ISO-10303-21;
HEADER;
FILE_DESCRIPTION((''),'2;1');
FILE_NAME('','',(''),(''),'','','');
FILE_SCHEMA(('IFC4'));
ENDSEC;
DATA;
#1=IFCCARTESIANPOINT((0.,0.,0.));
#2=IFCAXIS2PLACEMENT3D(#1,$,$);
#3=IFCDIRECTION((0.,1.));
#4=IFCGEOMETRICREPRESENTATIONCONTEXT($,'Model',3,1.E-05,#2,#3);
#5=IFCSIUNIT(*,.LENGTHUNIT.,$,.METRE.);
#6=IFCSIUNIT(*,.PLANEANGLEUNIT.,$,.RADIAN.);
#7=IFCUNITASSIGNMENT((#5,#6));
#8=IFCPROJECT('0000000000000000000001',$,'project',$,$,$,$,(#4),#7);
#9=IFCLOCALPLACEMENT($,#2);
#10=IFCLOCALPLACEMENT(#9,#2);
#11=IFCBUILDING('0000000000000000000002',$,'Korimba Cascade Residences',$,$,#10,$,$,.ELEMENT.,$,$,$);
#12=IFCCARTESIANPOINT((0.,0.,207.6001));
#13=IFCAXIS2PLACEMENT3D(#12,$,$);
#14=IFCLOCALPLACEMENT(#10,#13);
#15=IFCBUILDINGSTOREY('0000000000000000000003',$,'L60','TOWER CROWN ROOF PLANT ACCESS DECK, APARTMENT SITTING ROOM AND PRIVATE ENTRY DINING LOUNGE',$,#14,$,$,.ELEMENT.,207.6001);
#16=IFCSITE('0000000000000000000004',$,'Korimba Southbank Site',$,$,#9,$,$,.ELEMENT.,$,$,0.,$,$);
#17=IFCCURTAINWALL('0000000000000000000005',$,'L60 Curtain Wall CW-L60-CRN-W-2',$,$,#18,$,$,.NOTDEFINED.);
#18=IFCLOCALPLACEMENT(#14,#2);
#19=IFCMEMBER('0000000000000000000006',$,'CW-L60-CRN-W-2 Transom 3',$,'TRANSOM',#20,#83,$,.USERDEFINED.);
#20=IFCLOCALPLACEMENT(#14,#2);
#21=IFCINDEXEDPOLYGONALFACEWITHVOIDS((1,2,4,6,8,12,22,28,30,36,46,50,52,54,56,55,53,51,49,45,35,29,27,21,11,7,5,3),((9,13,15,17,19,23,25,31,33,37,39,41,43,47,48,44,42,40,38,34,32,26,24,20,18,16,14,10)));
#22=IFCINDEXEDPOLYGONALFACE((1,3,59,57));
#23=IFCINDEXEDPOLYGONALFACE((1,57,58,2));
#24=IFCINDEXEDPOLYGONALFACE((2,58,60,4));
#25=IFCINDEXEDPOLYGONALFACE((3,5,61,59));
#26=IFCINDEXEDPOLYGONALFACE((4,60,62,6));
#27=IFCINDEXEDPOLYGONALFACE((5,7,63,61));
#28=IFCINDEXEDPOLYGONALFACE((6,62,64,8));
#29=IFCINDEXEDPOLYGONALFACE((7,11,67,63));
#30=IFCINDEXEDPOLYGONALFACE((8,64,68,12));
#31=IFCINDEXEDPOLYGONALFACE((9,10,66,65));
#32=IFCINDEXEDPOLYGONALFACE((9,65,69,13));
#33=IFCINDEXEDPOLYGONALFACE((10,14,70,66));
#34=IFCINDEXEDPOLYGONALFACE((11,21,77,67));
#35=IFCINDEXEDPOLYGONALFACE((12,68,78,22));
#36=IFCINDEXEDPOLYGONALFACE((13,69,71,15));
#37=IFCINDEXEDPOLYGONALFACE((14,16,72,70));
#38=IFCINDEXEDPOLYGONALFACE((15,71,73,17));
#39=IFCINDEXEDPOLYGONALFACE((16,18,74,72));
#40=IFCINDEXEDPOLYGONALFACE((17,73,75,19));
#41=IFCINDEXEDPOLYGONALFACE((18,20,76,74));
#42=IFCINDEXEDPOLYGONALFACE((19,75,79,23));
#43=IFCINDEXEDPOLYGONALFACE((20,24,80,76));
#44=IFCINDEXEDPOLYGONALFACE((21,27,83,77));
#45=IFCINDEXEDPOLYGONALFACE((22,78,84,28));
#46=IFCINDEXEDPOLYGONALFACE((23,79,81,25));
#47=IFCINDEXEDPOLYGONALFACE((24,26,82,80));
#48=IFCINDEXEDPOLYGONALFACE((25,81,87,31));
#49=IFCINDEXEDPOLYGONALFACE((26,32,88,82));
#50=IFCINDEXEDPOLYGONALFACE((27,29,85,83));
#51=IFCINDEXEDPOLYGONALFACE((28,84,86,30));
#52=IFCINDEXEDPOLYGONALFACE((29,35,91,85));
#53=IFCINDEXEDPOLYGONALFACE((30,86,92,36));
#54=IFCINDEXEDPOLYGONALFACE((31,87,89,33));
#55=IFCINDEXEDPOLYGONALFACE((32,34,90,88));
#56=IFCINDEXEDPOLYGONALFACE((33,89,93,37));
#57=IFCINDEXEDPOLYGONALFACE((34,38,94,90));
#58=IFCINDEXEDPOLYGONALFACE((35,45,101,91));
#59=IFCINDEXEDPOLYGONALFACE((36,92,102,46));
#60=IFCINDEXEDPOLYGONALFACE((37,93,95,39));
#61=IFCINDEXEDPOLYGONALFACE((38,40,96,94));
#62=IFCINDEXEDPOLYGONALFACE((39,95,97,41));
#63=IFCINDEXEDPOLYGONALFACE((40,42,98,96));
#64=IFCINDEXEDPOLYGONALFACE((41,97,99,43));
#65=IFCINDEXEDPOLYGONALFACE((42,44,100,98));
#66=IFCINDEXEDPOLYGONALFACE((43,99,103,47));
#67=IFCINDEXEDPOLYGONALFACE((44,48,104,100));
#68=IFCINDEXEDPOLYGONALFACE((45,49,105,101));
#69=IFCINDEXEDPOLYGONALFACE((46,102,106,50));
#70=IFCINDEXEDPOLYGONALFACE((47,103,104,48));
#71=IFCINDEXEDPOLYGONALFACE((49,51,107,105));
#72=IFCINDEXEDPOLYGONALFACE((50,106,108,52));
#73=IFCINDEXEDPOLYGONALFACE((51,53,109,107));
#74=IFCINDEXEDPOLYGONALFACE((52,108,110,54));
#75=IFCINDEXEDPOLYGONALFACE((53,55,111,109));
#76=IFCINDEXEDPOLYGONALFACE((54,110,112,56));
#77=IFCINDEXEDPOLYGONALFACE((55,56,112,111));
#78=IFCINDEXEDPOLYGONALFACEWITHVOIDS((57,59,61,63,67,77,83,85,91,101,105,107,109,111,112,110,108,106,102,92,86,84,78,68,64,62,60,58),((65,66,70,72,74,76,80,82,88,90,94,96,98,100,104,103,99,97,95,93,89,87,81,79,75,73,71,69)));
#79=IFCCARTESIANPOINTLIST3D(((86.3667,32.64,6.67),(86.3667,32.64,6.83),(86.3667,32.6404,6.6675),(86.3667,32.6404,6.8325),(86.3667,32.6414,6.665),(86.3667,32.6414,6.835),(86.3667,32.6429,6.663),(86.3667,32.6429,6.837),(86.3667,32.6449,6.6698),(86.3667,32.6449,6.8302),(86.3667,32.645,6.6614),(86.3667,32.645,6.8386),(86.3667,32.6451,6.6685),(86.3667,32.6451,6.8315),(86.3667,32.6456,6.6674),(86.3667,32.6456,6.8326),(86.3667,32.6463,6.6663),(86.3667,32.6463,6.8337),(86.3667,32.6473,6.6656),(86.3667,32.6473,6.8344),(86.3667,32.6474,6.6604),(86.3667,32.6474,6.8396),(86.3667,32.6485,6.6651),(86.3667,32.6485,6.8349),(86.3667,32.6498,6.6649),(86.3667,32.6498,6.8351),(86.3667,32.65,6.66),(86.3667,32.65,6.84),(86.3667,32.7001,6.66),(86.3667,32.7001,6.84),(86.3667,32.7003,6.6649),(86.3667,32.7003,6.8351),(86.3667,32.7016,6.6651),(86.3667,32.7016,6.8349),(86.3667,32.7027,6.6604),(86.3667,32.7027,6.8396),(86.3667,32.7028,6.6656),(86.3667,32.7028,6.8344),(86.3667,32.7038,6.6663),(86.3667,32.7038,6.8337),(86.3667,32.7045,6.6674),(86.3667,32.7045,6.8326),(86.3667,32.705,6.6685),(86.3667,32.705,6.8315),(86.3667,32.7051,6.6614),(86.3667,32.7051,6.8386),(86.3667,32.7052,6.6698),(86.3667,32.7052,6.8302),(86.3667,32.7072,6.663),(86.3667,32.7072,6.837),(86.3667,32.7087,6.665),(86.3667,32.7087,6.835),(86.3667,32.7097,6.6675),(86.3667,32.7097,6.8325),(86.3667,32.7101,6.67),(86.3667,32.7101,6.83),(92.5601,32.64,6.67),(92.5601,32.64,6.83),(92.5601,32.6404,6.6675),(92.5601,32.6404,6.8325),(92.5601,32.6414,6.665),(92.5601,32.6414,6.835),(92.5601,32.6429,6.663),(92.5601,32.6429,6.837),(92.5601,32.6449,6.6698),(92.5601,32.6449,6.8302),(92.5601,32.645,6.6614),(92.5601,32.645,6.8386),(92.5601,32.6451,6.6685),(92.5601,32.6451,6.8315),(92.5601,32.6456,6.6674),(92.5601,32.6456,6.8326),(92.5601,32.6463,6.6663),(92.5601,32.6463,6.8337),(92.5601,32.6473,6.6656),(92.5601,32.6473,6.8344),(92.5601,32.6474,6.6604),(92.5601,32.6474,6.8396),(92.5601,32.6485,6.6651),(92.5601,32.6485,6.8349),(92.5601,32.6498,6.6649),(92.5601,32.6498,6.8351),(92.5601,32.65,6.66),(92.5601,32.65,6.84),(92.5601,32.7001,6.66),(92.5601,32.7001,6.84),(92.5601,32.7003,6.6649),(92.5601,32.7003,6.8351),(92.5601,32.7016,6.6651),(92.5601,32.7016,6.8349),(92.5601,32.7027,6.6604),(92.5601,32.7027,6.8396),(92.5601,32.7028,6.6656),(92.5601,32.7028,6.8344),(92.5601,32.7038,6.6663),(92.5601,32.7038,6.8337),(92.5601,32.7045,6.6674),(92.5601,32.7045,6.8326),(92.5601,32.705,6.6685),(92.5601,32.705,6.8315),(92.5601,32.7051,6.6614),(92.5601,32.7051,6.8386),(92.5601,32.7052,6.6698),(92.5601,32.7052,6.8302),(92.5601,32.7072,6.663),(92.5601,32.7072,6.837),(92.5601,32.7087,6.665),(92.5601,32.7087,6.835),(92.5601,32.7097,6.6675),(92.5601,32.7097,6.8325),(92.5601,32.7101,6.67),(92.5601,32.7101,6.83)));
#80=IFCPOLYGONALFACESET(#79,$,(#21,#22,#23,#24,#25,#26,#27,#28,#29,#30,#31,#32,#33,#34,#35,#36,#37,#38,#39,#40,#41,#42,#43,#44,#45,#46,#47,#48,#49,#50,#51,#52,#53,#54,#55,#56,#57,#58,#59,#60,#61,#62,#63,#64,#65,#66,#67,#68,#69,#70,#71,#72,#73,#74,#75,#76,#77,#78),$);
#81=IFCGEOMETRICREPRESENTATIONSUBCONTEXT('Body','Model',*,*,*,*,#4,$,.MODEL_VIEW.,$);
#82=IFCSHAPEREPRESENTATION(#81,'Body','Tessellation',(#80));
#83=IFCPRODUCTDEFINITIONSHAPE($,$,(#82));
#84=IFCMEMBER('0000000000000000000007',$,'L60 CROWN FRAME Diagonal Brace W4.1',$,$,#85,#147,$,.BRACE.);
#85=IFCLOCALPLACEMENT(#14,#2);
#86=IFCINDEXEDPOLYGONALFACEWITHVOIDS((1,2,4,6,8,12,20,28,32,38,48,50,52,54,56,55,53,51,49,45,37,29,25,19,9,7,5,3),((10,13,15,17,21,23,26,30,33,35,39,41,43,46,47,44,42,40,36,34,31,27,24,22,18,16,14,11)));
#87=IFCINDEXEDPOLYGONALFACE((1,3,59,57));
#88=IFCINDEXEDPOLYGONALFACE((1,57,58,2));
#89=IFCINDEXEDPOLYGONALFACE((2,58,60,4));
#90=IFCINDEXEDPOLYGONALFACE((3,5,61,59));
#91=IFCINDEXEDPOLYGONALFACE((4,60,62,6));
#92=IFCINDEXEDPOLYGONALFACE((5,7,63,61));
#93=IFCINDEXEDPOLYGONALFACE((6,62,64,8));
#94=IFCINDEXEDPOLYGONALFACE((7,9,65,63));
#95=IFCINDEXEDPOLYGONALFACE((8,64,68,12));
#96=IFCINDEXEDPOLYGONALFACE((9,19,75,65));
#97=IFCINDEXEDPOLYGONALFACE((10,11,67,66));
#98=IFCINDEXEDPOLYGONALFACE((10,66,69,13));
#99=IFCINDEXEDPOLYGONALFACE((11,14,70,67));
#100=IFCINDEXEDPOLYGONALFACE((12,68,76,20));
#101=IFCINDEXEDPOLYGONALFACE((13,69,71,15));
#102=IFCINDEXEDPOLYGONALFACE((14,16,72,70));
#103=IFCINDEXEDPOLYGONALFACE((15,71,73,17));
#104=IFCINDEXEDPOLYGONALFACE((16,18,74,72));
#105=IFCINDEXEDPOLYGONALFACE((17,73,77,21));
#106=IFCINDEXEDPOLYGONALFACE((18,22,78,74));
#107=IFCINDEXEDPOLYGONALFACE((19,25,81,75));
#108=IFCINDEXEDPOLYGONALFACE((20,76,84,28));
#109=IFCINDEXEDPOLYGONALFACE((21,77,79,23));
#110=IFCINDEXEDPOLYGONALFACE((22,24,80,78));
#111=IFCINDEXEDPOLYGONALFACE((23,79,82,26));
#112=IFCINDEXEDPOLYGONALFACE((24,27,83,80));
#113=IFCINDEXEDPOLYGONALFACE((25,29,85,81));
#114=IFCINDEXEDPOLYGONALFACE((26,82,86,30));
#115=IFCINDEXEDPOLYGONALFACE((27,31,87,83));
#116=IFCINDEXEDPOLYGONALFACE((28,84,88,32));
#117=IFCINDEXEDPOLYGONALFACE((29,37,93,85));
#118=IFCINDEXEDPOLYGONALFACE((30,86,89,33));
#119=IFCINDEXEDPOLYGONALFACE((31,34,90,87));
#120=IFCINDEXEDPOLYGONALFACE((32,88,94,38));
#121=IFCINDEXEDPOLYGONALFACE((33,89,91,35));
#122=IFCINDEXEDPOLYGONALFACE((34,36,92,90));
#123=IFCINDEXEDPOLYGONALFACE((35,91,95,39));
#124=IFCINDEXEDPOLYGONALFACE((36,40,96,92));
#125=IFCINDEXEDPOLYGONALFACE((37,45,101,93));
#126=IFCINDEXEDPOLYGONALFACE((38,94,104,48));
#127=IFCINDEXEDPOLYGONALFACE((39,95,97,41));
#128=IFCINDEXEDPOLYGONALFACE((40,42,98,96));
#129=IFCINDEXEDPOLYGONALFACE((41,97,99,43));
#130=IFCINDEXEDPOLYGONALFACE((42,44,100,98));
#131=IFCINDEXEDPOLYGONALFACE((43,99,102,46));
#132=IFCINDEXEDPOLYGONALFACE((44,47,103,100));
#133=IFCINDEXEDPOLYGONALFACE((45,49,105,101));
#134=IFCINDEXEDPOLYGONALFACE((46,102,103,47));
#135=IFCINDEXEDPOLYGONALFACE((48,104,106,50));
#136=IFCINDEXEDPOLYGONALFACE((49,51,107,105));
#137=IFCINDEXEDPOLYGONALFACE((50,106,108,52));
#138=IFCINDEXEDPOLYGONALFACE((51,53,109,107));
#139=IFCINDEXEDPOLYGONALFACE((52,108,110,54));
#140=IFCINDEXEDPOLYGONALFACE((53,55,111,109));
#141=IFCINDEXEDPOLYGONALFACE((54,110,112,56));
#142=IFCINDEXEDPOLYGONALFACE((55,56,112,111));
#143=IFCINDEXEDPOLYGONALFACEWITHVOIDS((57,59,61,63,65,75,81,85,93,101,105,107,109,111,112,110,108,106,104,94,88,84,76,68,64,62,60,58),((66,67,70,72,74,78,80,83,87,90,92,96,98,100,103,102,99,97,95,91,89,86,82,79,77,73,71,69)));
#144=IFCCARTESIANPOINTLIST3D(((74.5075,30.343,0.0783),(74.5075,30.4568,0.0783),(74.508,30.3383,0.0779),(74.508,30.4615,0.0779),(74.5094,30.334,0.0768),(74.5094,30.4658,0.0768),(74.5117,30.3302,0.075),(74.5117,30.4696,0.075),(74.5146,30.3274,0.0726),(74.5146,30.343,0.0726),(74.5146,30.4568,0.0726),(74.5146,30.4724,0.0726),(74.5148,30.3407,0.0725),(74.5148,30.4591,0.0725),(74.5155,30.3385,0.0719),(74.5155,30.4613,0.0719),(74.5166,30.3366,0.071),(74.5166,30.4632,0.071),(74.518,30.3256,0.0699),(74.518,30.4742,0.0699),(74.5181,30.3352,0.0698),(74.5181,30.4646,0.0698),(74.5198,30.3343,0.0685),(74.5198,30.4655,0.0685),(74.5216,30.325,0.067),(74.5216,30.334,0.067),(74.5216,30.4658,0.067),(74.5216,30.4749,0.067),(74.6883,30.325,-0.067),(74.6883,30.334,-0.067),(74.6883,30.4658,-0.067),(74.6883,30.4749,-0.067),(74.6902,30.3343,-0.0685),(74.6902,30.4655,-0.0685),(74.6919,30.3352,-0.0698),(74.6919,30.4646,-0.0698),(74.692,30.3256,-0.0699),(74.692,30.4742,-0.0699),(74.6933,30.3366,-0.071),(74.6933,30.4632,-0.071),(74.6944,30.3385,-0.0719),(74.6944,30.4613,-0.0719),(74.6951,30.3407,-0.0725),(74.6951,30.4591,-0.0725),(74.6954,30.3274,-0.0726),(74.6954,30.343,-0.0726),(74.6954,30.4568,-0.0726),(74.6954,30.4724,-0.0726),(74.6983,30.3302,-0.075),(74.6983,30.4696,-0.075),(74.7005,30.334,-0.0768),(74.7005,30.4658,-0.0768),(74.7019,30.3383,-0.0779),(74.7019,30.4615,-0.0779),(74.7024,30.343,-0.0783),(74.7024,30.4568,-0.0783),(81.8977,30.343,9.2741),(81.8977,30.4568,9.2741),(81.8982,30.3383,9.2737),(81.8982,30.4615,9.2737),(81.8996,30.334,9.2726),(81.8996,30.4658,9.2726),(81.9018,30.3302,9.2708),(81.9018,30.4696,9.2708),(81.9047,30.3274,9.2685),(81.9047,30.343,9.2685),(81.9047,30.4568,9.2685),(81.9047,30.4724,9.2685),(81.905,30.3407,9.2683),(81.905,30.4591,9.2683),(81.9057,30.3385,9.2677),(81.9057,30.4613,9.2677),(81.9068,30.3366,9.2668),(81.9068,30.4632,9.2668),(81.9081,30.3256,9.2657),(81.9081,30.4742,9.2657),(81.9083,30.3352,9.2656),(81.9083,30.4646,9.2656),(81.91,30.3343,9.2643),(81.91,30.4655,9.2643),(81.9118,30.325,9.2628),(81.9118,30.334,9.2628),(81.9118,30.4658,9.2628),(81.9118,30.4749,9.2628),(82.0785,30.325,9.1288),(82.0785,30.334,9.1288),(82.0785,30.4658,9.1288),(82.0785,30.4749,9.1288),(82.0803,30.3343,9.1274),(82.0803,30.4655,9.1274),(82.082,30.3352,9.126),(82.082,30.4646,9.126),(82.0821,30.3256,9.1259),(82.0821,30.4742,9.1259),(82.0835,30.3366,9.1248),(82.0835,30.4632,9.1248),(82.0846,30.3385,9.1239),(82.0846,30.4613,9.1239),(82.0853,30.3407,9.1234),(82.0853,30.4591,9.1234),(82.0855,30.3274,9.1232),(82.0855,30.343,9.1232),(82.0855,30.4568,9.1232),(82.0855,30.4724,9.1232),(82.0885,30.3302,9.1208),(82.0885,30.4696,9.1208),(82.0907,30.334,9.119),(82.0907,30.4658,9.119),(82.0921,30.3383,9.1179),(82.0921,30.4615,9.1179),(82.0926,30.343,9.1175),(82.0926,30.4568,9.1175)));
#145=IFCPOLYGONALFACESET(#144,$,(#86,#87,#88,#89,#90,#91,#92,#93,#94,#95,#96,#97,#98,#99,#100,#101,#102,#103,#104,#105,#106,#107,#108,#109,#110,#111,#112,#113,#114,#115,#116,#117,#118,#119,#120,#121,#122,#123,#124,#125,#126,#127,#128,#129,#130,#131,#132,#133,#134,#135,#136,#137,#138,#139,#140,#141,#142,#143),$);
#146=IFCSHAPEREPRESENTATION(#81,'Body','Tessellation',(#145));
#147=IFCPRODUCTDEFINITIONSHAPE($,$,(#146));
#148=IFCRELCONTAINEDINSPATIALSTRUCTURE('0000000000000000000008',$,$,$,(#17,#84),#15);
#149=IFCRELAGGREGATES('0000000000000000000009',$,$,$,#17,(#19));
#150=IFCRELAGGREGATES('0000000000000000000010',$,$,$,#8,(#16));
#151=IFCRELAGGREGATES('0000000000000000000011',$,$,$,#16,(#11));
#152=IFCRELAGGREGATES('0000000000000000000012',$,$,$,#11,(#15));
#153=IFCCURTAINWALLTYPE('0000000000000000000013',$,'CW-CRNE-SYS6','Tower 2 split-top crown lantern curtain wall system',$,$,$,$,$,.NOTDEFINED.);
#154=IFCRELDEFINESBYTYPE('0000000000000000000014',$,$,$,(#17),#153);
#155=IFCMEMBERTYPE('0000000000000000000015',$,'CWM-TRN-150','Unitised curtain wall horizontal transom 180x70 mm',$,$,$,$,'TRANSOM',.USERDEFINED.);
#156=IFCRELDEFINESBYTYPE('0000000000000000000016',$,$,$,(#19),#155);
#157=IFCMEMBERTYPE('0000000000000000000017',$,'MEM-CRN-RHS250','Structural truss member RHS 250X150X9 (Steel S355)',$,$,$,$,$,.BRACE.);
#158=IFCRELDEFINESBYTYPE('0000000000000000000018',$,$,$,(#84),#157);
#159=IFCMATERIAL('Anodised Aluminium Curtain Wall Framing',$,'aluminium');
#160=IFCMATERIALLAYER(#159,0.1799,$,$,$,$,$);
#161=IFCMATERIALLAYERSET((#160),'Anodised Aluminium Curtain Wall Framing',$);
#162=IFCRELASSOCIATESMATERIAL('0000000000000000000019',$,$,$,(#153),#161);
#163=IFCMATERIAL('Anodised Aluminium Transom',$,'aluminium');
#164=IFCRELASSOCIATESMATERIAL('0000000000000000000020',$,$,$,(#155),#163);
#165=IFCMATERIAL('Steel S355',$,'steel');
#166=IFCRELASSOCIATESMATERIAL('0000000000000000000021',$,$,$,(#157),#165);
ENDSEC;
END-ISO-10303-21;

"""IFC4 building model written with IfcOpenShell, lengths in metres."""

from ifc_helpers import new_model, si_unit, direction, frame, origin, origin_2d, place, context, subcontext, project, spatial, hollow_rectangle, extrude, material, layer, layer_set, material_profile, profile_set, type_object, element, aggregate, save


model = new_model("IFC4")

# Units and contexts
model_context = context("Model", 3, precision=1e-05, world=origin(), true_north=direction((0.0, 1.0)))
body_context = subcontext(model_context, "Body", "Model", "MODEL_VIEW")
ifc_project = project(units=[si_unit("LENGTHUNIT", "METRE"), si_unit("PLANEANGLEUNIT", "RADIAN")], contexts=[model_context])

# Site, building, storey
site_placement = place(None, origin())
site = spatial("IfcSite", under=ifc_project, at=site_placement, Name="Korimba Southbank Site", CompositionType="ELEMENT", RefElevation=0.0)
building_placement = place(site_placement, origin())
building = spatial("IfcBuilding", under=site, at=building_placement, Name="Korimba Cascade Residences", CompositionType="ELEMENT")
storey_placement = place(building_placement, frame((0.0, 0.0, 207.6001)))
storey = spatial("IfcBuildingStorey", under=building, at=storey_placement, Name="L60", Description="TOWER CROWN ROOF PLANT ACCESS DECK, APARTMENT SITTING ROOM AND PRIVATE ENTRY DINING LOUNGE", CompositionType="ELEMENT", Elevation=207.6001)

# Shared definitions
ifc_material_1 = material(Name="Steel S355", Category="steel")

# Curtain wall, member
ifc_material_2 = material(Name="Anodised Aluminium Curtain Wall Framing", Category="aluminium")
ifc_layer_1 = layer(ifc_material_2, 0.1799)
ifc_layer_set_1 = layer_set([ifc_layer_1], Name="Anodised Aluminium Curtain Wall Framing")
curtain_wall_type = type_object("IfcCurtainWallType", Name="CW-CRNE-SYS6", Description="Tower 2 split-top crown lantern curtain wall system", PredefinedType="NOTDEFINED", material=ifc_layer_set_1)
curtain_wall_placement = place(storey_placement, origin())
curtain_wall = element("IfcCurtainWall", 1, at=curtain_wall_placement, inside=storey, type_object=curtain_wall_type, Name="L60 Curtain Wall CW-L60-CRN-W-2", PredefinedType="NOTDEFINED")
ifc_material_3 = material(Name="Anodised Aluminium Transom", Category="aluminium")
ifc_material_profile_1 = material_profile(ifc_material_3, hollow_rectangle(XDim=0.0701, YDim=0.1799, WallThickness=0.0049, InnerFilletRadius=0.0049, OuterFilletRadius=0.01, at=origin_2d()), Name="Anodised Aluminium Transom")
ifc_profile_set_1 = profile_set([ifc_material_profile_1], Name="Anodised Aluminium Transom")
member_type_1 = type_object("IfcMemberType", Name="CWM-TRN-150", Description="Unitised curtain wall horizontal transom 180x70 mm", ElementType="TRANSOM", PredefinedType="USERDEFINED", material=ifc_profile_set_1)
member_1_placement = place(storey_placement, frame((86.3667, 32.675, 6.75), z_axis=(1.0, 0.0, 0.0), x_axis=(0.0, 1.0, 0.0)))
member_1 = element("IfcMember", 2, at=member_1_placement, type_object=member_type_1, Name="CW-L60-CRN-W-2 Transom 3", ObjectType="TRANSOM", PredefinedType="USERDEFINED", context=body_context, shape_type="SweptSolid", body=[
    extrude(hollow_rectangle(XDim=0.0701, YDim=0.1799, WallThickness=0.0049, InnerFilletRadius=0.0049, OuterFilletRadius=0.01, at=origin_2d()), origin(), (0.0, 0.0, 1.0), 6.1934),
])

# Member
ifc_material_profile_2 = material_profile(ifc_material_1, hollow_rectangle(XDim=0.1499, YDim=0.25, WallThickness=0.009, InnerFilletRadius=0.009, OuterFilletRadius=0.0181, at=origin_2d()), Name="Steel S355")
ifc_profile_set_2 = profile_set([ifc_material_profile_2], Name="Steel S355")
member_type_2 = type_object("IfcMemberType", Name="MEM-CRN-RHS250", Description="Structural truss member RHS 250X150X9 (Steel S355)", PredefinedType="BRACE", material=ifc_profile_set_2)
member_2_placement = place(storey_placement, frame((74.605, 30.3999, 0.0), z_axis=(0.626425, 0.0, 0.779482), x_axis=(0.0, 1.0, 0.0)))
element("IfcMember", 3, at=member_2_placement, inside=storey, type_object=member_type_2, Name="L60 CROWN FRAME Diagonal Brace W4.1", PredefinedType="BRACE", context=body_context, shape_type="SweptSolid", body=[
    extrude(hollow_rectangle(XDim=0.1499, YDim=0.25, WallThickness=0.009, InnerFilletRadius=0.009, OuterFilletRadius=0.0181, at=origin_2d()), origin(), (0.0, 0.0, 1.0), 11.7974),
])

aggregate(curtain_wall, [member_1])

save(model, "model.ifc")
